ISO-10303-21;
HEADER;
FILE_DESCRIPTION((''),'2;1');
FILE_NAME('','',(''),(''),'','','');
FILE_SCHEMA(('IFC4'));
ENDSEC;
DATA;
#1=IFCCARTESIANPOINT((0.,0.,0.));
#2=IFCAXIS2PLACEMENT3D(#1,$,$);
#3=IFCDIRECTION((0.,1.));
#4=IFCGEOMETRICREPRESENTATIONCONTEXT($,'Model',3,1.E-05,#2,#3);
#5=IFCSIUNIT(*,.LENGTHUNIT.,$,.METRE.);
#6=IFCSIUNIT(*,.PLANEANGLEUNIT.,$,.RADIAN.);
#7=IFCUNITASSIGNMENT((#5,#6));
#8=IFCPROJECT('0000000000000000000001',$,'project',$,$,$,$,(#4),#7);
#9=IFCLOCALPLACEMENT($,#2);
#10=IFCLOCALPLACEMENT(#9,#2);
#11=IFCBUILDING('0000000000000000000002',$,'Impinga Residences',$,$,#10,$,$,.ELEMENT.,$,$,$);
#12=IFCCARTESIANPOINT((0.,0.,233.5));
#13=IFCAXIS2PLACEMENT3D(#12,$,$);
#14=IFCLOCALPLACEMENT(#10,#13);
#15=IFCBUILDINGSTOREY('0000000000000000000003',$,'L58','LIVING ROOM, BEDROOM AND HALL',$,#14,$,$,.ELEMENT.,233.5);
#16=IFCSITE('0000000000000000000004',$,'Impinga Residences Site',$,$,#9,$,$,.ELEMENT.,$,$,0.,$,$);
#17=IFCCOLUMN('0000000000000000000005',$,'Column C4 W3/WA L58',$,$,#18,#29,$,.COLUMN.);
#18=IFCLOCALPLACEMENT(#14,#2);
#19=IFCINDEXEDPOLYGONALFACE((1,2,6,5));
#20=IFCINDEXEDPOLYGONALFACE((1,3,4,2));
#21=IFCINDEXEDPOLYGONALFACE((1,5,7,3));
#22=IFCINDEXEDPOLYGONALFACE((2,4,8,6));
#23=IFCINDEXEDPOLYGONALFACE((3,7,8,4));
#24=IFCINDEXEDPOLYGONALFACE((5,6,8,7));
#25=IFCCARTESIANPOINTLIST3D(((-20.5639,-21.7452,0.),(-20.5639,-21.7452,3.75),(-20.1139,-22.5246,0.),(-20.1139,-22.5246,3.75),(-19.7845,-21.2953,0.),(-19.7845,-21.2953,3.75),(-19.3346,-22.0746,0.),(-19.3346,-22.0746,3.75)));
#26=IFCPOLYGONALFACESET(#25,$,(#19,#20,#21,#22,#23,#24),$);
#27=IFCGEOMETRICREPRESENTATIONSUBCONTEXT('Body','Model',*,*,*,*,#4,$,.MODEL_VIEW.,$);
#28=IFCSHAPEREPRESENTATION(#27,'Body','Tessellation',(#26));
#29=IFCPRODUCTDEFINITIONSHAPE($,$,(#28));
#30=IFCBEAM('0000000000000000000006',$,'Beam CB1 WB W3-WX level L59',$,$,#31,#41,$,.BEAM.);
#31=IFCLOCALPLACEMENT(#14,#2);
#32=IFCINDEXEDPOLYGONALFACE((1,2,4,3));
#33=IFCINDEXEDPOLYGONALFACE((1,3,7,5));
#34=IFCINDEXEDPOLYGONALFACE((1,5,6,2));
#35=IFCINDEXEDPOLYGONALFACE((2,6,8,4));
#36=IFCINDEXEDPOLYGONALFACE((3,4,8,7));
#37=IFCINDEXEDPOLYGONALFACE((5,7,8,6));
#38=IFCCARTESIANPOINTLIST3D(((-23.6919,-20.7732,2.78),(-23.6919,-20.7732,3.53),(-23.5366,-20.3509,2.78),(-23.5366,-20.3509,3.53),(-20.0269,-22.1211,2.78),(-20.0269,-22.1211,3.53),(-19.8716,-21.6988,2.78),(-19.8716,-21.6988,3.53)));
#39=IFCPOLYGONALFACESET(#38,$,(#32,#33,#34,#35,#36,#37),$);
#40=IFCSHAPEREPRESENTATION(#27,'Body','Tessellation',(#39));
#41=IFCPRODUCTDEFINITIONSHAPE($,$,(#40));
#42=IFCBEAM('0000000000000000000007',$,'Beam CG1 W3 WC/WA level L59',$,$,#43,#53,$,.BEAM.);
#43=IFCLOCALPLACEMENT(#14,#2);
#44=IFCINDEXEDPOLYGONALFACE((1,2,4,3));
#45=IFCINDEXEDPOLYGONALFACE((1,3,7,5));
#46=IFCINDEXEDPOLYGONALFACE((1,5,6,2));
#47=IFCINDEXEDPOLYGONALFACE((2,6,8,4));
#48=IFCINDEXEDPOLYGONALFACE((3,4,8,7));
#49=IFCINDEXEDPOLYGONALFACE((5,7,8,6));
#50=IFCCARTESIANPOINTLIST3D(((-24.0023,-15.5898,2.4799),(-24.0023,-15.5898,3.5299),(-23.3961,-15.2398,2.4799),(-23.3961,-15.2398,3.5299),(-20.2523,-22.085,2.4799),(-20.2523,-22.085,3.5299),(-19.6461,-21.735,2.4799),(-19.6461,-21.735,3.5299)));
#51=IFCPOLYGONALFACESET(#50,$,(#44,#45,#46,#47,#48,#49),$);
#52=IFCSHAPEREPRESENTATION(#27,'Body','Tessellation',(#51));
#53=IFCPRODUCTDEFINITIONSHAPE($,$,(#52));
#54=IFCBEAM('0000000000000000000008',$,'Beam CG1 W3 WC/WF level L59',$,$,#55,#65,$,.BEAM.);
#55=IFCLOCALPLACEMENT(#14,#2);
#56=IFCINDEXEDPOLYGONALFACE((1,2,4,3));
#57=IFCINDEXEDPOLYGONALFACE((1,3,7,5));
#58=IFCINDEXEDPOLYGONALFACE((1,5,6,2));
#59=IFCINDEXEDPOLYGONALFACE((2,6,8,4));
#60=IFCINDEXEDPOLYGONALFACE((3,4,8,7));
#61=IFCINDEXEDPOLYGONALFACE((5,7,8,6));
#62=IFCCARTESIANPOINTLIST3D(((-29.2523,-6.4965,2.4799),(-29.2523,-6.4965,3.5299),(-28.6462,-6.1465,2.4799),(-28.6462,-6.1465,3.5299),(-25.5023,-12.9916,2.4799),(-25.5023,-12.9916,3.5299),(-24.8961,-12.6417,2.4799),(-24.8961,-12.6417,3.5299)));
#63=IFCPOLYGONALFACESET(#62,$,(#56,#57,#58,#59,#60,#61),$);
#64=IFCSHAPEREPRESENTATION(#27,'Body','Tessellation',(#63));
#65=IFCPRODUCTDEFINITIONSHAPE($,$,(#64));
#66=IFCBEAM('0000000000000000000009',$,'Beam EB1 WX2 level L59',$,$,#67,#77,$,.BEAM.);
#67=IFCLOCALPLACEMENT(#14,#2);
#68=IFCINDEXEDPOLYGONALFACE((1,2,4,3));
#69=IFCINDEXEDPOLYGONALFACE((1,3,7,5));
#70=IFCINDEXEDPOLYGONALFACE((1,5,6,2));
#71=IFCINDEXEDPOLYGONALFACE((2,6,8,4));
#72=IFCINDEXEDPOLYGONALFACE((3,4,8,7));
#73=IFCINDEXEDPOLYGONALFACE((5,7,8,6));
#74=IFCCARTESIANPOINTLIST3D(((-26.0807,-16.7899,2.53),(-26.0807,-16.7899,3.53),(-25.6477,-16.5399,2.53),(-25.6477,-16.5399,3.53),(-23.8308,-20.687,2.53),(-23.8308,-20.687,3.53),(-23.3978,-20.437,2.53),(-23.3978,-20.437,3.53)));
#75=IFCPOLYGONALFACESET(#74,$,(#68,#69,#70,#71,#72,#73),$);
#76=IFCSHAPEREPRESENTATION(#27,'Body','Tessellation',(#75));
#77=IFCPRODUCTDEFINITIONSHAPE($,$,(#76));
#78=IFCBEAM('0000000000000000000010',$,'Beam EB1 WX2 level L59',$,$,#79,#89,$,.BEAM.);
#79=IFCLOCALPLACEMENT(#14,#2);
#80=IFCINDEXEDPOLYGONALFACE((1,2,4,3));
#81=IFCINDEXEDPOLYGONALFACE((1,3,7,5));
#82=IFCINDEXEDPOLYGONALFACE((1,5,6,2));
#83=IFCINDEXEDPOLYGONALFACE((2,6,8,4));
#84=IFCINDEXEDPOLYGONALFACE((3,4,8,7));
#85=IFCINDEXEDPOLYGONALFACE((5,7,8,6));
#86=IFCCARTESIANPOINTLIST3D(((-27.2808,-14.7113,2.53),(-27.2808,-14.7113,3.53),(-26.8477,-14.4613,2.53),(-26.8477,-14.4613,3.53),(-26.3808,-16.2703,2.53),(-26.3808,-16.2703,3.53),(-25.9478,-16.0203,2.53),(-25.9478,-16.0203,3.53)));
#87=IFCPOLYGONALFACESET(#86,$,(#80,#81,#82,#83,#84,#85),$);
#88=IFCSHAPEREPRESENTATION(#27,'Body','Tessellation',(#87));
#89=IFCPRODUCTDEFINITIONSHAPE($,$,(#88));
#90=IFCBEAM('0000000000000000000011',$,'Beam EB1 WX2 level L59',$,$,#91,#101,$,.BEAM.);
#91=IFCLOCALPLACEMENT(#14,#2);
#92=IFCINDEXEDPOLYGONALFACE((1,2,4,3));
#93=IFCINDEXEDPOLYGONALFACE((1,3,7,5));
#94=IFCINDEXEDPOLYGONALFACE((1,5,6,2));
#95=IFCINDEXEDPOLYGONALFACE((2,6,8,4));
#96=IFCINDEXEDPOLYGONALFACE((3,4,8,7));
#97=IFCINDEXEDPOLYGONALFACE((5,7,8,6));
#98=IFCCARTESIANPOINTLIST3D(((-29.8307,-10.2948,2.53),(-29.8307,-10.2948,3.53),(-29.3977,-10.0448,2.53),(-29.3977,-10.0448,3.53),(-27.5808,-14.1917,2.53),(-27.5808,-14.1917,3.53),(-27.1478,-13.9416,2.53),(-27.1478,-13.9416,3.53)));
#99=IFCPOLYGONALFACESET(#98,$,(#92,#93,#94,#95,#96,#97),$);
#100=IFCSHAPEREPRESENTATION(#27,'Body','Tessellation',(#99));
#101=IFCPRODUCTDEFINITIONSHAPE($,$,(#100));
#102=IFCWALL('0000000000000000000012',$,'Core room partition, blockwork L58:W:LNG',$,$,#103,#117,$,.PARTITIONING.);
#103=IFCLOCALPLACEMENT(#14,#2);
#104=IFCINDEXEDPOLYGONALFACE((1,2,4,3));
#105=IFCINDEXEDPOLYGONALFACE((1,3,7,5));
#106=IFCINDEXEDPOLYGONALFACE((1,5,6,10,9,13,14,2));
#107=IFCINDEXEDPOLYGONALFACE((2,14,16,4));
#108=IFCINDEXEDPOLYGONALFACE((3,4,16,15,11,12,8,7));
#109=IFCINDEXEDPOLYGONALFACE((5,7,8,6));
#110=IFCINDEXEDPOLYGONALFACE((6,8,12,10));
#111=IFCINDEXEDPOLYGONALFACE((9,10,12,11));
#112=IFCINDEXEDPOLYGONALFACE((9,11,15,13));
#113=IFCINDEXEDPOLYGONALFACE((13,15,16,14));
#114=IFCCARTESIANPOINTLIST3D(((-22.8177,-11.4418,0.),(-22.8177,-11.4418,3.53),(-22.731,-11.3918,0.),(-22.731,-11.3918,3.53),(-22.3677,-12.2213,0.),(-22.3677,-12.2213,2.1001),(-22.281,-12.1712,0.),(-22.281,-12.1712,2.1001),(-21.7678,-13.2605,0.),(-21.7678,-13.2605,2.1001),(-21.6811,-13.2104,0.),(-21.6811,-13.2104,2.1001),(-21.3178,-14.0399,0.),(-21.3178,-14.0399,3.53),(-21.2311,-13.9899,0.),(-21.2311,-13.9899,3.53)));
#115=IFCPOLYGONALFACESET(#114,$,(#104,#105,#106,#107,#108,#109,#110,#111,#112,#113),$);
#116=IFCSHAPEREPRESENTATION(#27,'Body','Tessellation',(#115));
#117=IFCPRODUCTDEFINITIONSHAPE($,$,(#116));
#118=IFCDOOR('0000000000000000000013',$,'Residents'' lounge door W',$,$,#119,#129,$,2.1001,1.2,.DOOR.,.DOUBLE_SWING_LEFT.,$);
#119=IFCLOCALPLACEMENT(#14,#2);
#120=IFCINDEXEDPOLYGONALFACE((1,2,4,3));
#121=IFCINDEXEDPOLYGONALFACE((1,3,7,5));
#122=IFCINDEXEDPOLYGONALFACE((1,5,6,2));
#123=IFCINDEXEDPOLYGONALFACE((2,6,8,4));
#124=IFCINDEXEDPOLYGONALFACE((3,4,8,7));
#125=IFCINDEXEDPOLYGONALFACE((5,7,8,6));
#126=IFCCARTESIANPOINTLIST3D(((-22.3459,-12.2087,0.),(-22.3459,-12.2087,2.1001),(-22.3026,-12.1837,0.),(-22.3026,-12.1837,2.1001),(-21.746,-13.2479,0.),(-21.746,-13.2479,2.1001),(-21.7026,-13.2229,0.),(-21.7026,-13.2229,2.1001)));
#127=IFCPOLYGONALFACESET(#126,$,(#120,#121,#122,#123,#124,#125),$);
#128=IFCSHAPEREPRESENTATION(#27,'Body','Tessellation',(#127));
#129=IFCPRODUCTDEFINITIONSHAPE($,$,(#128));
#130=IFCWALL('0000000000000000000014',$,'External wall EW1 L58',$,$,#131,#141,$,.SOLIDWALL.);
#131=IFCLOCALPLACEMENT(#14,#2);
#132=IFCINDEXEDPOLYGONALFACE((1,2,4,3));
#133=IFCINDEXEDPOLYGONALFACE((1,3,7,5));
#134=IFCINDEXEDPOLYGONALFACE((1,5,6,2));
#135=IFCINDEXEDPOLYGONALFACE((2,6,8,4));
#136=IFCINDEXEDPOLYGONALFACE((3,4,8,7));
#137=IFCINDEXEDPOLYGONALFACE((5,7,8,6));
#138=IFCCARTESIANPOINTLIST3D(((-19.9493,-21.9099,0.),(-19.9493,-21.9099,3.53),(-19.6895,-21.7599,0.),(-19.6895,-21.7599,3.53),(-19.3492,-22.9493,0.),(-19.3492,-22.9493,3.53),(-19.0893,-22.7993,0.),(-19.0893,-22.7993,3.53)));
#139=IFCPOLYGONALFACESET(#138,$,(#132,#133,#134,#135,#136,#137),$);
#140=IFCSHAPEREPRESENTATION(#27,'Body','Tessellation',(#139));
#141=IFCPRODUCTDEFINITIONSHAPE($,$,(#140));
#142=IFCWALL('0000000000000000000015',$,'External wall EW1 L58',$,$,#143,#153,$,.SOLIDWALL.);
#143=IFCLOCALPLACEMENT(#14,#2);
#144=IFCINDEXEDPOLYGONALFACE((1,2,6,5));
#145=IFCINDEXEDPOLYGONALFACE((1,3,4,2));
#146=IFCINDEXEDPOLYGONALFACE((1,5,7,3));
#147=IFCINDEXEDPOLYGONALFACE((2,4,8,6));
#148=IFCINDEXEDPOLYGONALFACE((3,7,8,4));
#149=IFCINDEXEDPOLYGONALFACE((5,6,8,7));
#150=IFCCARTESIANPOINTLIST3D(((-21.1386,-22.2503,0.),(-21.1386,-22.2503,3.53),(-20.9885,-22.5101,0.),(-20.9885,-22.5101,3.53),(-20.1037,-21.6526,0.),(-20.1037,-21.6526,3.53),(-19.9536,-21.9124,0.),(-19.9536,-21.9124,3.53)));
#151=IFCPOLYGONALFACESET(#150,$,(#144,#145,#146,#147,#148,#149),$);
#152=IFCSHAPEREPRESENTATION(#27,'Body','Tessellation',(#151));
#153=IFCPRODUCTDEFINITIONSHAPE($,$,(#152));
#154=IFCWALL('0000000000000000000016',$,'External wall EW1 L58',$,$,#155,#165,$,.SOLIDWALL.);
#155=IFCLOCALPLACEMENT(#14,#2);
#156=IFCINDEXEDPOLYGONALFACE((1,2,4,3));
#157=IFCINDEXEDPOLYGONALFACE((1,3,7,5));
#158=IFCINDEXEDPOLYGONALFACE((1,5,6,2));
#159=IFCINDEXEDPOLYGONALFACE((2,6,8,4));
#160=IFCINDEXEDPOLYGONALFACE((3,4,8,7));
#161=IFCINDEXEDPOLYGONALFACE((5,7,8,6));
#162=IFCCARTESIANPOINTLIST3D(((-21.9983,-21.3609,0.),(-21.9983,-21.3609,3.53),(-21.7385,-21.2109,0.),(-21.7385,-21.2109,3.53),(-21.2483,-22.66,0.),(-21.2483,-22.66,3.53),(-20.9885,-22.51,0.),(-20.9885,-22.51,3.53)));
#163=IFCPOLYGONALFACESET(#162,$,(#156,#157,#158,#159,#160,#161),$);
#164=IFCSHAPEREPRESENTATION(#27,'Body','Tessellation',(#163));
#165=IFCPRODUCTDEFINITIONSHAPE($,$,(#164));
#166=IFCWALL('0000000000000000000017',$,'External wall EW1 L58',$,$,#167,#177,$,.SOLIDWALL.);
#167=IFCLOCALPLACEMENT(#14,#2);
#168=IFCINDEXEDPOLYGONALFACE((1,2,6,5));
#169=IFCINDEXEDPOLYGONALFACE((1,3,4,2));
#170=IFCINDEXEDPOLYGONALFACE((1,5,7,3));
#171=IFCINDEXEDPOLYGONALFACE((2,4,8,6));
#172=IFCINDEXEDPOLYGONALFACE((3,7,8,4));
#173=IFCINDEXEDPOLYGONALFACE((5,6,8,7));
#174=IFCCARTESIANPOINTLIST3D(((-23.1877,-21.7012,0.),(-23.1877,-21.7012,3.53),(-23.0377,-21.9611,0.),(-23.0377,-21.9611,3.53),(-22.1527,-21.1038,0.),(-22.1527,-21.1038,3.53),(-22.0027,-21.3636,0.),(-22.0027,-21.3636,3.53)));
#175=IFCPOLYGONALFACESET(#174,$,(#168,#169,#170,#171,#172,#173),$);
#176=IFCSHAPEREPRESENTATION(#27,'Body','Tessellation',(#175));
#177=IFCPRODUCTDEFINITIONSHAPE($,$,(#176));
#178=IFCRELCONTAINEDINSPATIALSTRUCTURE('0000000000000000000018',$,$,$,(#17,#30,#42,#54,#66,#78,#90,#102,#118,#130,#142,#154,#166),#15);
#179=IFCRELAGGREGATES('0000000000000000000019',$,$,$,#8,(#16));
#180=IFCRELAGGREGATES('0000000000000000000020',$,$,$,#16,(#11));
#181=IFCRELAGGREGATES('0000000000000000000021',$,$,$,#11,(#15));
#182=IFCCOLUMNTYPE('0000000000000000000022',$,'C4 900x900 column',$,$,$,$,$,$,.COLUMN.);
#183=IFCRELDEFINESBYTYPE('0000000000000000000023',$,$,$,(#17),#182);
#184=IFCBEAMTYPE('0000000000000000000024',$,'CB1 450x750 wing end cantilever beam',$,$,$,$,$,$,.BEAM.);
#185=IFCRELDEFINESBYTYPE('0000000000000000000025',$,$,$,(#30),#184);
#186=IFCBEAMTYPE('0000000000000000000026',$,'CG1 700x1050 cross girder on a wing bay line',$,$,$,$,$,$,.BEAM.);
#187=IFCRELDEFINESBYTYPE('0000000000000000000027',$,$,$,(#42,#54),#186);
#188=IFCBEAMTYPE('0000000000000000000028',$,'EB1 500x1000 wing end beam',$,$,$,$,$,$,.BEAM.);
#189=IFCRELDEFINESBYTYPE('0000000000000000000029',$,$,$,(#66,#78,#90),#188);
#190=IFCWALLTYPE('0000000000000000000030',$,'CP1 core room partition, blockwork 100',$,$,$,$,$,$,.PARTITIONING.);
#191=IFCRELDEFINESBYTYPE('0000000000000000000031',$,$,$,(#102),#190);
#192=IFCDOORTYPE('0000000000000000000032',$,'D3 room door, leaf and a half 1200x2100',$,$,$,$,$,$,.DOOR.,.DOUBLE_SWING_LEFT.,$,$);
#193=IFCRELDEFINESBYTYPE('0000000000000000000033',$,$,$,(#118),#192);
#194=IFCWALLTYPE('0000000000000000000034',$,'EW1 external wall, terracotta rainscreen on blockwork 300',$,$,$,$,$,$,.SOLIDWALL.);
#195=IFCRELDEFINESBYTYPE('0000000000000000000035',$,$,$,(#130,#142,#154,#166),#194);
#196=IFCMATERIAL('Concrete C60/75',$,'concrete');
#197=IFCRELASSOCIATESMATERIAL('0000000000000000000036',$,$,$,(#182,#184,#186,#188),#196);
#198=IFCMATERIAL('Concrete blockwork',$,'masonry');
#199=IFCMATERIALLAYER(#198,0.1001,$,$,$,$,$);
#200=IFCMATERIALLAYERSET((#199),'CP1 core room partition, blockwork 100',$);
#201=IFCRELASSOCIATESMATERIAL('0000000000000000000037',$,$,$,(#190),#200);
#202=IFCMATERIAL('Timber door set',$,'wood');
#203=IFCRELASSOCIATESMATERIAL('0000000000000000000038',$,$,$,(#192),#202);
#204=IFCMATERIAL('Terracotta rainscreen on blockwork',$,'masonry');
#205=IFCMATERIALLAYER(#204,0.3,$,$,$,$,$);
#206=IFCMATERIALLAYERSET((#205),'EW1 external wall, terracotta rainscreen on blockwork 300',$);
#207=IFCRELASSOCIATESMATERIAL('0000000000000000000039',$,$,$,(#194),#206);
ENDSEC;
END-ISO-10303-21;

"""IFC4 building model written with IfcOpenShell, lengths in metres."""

from ifc_helpers import new_model, si_unit, direction, frame, frame_2d, origin, origin_2d, place, context, subcontext, project, spatial, rectangle, extrude, material, layer, layer_set, material_profile, profile_set, type_object, element, fill, save


model = new_model("IFC4")

# Units and contexts
model_context = context("Model", 3, precision=1e-05, world=origin(), true_north=direction((0.0, 1.0)))
body_context = subcontext(model_context, "Body", "Model", "MODEL_VIEW")
ifc_project = project(units=[si_unit("LENGTHUNIT", "METRE"), si_unit("PLANEANGLEUNIT", "RADIAN")], contexts=[model_context])

# Site, building, storey
site_placement = place(None, origin())
site = spatial("IfcSite", under=ifc_project, at=site_placement, Name="Impinga Residences Site", CompositionType="ELEMENT", RefElevation=0.0)
building_placement = place(site_placement, origin())
building = spatial("IfcBuilding", under=site, at=building_placement, Name="Impinga Residences", CompositionType="ELEMENT")
storey_placement = place(building_placement, frame((0.0, 0.0, 233.5)))
storey = spatial("IfcBuildingStorey", under=building, at=storey_placement, Name="L58", Description="LIVING ROOM, BEDROOM AND HALL", CompositionType="ELEMENT", Elevation=233.5)

# Column
ifc_material_1 = material(Name="Concrete C60/75", Category="concrete")
ifc_material_profile_1 = material_profile(ifc_material_1, rectangle(XDim=0.8999, YDim=0.8999, at=origin_2d()), Name="RC 900x900")
ifc_profile_set_1 = profile_set([ifc_material_profile_1], Name="Concrete C60/75")
column_type = type_object("IfcColumnType", Name="C4 900x900 column", PredefinedType="COLUMN", material=ifc_profile_set_1)
column_placement = place(storey_placement, frame((-19.9492, -21.9099, 0.0), z_axis=(0.0, 0.0, 1.0), x_axis=(-0.5, 0.866025, 0.0)))
element("IfcColumn", 1, at=column_placement, inside=storey, type_object=column_type, Name="Column C4 W3/WA L58", PredefinedType="COLUMN", context=body_context, shape_type="SweptSolid", body=[
    extrude(rectangle(XDim=0.8999, YDim=0.8999, at=origin_2d()), origin(), (0.0, 0.0, 1.0), 3.75),
])

# Beams
ifc_material_profile_2 = material_profile(ifc_material_1, rectangle(XDim=0.45, YDim=0.75, at=origin_2d()), Name="RC 450x750")
ifc_profile_set_2 = profile_set([ifc_material_profile_2], Name="Concrete C60/75")
beam_type_1 = type_object("IfcBeamType", Name="CB1 450x750 wing end cantilever beam", PredefinedType="BEAM", material=ifc_profile_set_2)
beam_1_placement = place(storey_placement, frame((-19.9492, -21.9099, 3.155), z_axis=(-0.93854, 0.345169, 0.0), x_axis=(-0.345169, -0.93854, 0.0)))
element("IfcBeam", 2, at=beam_1_placement, inside=storey, type_object=beam_type_1, Name="Beam CB1 WB W3-WX level L59", PredefinedType="BEAM", context=body_context, shape_type="SweptSolid", body=[
    extrude(rectangle(XDim=0.45, YDim=0.75, at=origin_2d()), origin(), (0.0, 0.0, 1.0), 3.905),
])
ifc_material_profile_3 = material_profile(ifc_material_1, rectangle(XDim=0.7, YDim=1.05, at=origin_2d()), Name="RC 700x1050")
ifc_profile_set_3 = profile_set([ifc_material_profile_3], Name="Concrete C60/75")
beam_type_2 = type_object("IfcBeamType", Name="CG1 700x1050 cross girder on a wing bay line", PredefinedType="BEAM", material=ifc_profile_set_3)
for number, where, z_axis, x_axis, name in (
    (3, (-23.6992, -15.4148, 3.0049), (0.500004, -0.866023, 0.0), (0.866023, 0.500004, 0.0), "Beam CG1 W3 WC/WA level L59"),
    (4, (-25.1992, -12.8167, 3.0049), (-0.500004, 0.866023, 0.0), (-0.866023, -0.500004, 0.0), "Beam CG1 W3 WC/WF level L59"),
):
    element("IfcBeam", number, at=place(storey_placement, frame(where, z_axis=z_axis, x_axis=x_axis)), inside=storey, type_object=beam_type_2, Name=name, PredefinedType="BEAM", context=body_context, shape_type="SweptSolid", body=[
        extrude(rectangle(XDim=0.7, YDim=1.05, at=origin_2d()), origin(), (0.0, 0.0, 1.0), 7.5),
    ])
ifc_material_profile_4 = material_profile(ifc_material_1, rectangle(XDim=0.5, YDim=1.0, at=origin_2d()), Name="RC 500x1000")
ifc_profile_set_4 = profile_set([ifc_material_profile_4], Name="Concrete C60/75")
beam_type_3 = type_object("IfcBeamType", Name="EB1 500x1000 wing end beam", PredefinedType="BEAM", material=ifc_profile_set_4)
beam_2_placement = place(storey_placement, frame((-23.6143, -20.562, 3.03), z_axis=(-0.49999, 0.866031, 0.0), x_axis=(-0.866031, -0.49999, 0.0)))
element("IfcBeam", 5, at=beam_2_placement, inside=storey, type_object=beam_type_3, Name="Beam EB1 WX2 level L59", PredefinedType="BEAM", context=body_context, shape_type="SweptSolid", body=[
    extrude(rectangle(XDim=0.5, YDim=1.0, at=origin_2d()), origin(), (0.0, 0.0, 1.0), 4.5),
])
beam_3_placement = place(storey_placement, frame((-26.1643, -16.1453, 3.03), z_axis=(-0.499961, 0.866048, 0.0), x_axis=(-0.866048, -0.499961, 0.0)))
element("IfcBeam", 6, at=beam_3_placement, inside=storey, type_object=beam_type_3, Name="Beam EB1 WX2 level L59", PredefinedType="BEAM", context=body_context, shape_type="SweptSolid", body=[
    extrude(rectangle(XDim=0.5, YDim=1.0, at=origin_2d()), origin(), (0.0, 0.0, 1.0), 1.8),
])
beam_4_placement = place(storey_placement, frame((-27.3643, -14.0667, 3.03), z_axis=(-0.500014, 0.866018, 0.0), x_axis=(-0.866018, -0.500014, 0.0)))
element("IfcBeam", 7, at=beam_4_placement, inside=storey, type_object=beam_type_3, Name="Beam EB1 WX2 level L59", PredefinedType="BEAM", context=body_context, shape_type="SweptSolid", body=[
    extrude(rectangle(XDim=0.5, YDim=1.0, at=origin_2d()), origin(), (0.0, 0.0, 1.0), 4.4998),
])

# Wall, opening, door
ifc_material_2 = material(Name="Concrete blockwork", Category="masonry")
ifc_layer_1 = layer(ifc_material_2, 0.1001)
ifc_layer_set_1 = layer_set([ifc_layer_1], Name="CP1 core room partition, blockwork 100")
wall_type_1 = type_object("IfcWallType", Name="CP1 core room partition, blockwork 100", PredefinedType="PARTITIONING", material=ifc_layer_set_1)
wall_1_placement = place(storey_placement, frame((-21.2744, -14.0149, 0.0), z_axis=(0.0, 0.0, 1.0), x_axis=(-0.49999, 0.866031, 0.0)))
wall_1 = element("IfcWall", 8, at=wall_1_placement, inside=storey, type_object=wall_type_1, Name="Core room partition, blockwork L58:W:LNG", PredefinedType="PARTITIONING", context=body_context, shape_type="SweptSolid", body=[
    extrude(rectangle(XDim=3.0, YDim=0.1001, at=frame_2d((1.5, 0.0))), origin(), (0.0, 0.0, 1.0), 3.53),
])
opening_1_placement = place(wall_1_placement, frame((0.8999, 0.0, 0.0)))
opening_1 = element("IfcOpeningElement", 9, at=opening_1_placement, cuts=wall_1, PredefinedType="OPENING", context=body_context, shape_type="SweptSolid", body=[
    extrude(rectangle(XDim=1.2, YDim=2.1001, at=frame_2d((0.6001, 1.05))), frame((0.0, 0.0601, 0.0), z_axis=(0.0, -1.0, 0.0), x_axis=(1.0, 0.0, 0.0)), (0.0, 0.0, 1.0), 0.1201),
])
ifc_material_3 = material(Name="Timber door set", Category="wood")
door_type_1 = type_object("IfcDoorType", Name="D3 room door, leaf and a half 1200x2100", OperationType="DOUBLE_SWING_LEFT", PredefinedType="DOOR", material=ifc_material_3)
door_1_placement = place(opening_1_placement, origin())
door_1 = element("IfcDoor", 10, at=door_1_placement, inside=storey, type_object=door_type_1, Name="Residents' lounge door W", OperationType="DOUBLE_SWING_LEFT", OverallHeight=2.1001, OverallWidth=1.2, PredefinedType="DOOR", context=body_context, shape_type="SweptSolid", body=[
    extrude(rectangle(XDim=1.2, YDim=2.1001, at=frame_2d((0.6001, 1.05))), frame((0.0, 0.0249, 0.0), z_axis=(0.0, -1.0, 0.0), x_axis=(1.0, 0.0, 0.0)), (0.0, 0.0, 1.0), 0.05),
])
fill(opening_1, door_1)

# Walls
ifc_material_4 = material(Name="Terracotta rainscreen on blockwork", Category="masonry")
ifc_layer_2 = layer(ifc_material_4, 0.3)
ifc_layer_set_2 = layer_set([ifc_layer_2], Name="EW1 external wall, terracotta rainscreen on blockwork 300")
wall_type_2 = type_object("IfcWallType", Name="EW1 external wall, terracotta rainscreen on blockwork 300", PredefinedType="SOLIDWALL", material=ifc_layer_set_2)
wall_2_placement = place(storey_placement, frame((-19.2192, -22.8743, 0.0), z_axis=(0.0, 0.0, 1.0), x_axis=(-0.500034, 0.866006, 0.0)))
element("IfcWall", 11, at=wall_2_placement, inside=storey, type_object=wall_type_2, Name="External wall EW1 L58", PredefinedType="SOLIDWALL", context=body_context, shape_type="SweptSolid", body=[
    extrude(rectangle(XDim=1.2002, YDim=0.3, at=frame_2d((0.6001, 0.0))), origin(), (0.0, 0.0, 1.0), 3.53),
])
wall_3_placement = place(storey_placement, frame((-20.0286, -21.7825, 0.0), z_axis=(0.0, 0.0, 1.0), x_axis=(-0.865971, -0.500094, 0.0)))
element("IfcWall", 12, at=wall_3_placement, inside=storey, type_object=wall_type_2, Name="External wall EW1 L58", PredefinedType="SOLIDWALL", context=body_context, shape_type="SweptSolid", body=[
    extrude(rectangle(XDim=1.1951, YDim=0.3, at=frame_2d((0.5977, 0.0))), origin(), (0.0, 0.0, 1.0), 3.53),
])
wall_4_placement = place(storey_placement, frame((-21.1184, -22.585, 0.0), z_axis=(0.0, 0.0, 1.0), x_axis=(-0.49999, 0.866031, 0.0)))
element("IfcWall", 13, at=wall_4_placement, inside=storey, type_object=wall_type_2, Name="External wall EW1 L58", PredefinedType="SOLIDWALL", context=body_context, shape_type="SweptSolid", body=[
    extrude(rectangle(XDim=1.5, YDim=0.3, at=frame_2d((0.75, 0.0))), origin(), (0.0, 0.0, 1.0), 3.53),
])
wall_5_placement = place(storey_placement, frame((-22.0776, -21.2336, 0.0), z_axis=(0.0, 0.0, 1.0), x_axis=(-0.86606, -0.499941, 0.0)))
element("IfcWall", 14, at=wall_5_placement, inside=storey, type_object=wall_type_2, Name="External wall EW1 L58", PredefinedType="SOLIDWALL", context=body_context, shape_type="SweptSolid", body=[
    extrude(rectangle(XDim=1.1951, YDim=0.3, at=frame_2d((0.5977, 0.0))), origin(), (0.0, 0.0, 1.0), 3.53),
])

save(model, "model.ifc")
